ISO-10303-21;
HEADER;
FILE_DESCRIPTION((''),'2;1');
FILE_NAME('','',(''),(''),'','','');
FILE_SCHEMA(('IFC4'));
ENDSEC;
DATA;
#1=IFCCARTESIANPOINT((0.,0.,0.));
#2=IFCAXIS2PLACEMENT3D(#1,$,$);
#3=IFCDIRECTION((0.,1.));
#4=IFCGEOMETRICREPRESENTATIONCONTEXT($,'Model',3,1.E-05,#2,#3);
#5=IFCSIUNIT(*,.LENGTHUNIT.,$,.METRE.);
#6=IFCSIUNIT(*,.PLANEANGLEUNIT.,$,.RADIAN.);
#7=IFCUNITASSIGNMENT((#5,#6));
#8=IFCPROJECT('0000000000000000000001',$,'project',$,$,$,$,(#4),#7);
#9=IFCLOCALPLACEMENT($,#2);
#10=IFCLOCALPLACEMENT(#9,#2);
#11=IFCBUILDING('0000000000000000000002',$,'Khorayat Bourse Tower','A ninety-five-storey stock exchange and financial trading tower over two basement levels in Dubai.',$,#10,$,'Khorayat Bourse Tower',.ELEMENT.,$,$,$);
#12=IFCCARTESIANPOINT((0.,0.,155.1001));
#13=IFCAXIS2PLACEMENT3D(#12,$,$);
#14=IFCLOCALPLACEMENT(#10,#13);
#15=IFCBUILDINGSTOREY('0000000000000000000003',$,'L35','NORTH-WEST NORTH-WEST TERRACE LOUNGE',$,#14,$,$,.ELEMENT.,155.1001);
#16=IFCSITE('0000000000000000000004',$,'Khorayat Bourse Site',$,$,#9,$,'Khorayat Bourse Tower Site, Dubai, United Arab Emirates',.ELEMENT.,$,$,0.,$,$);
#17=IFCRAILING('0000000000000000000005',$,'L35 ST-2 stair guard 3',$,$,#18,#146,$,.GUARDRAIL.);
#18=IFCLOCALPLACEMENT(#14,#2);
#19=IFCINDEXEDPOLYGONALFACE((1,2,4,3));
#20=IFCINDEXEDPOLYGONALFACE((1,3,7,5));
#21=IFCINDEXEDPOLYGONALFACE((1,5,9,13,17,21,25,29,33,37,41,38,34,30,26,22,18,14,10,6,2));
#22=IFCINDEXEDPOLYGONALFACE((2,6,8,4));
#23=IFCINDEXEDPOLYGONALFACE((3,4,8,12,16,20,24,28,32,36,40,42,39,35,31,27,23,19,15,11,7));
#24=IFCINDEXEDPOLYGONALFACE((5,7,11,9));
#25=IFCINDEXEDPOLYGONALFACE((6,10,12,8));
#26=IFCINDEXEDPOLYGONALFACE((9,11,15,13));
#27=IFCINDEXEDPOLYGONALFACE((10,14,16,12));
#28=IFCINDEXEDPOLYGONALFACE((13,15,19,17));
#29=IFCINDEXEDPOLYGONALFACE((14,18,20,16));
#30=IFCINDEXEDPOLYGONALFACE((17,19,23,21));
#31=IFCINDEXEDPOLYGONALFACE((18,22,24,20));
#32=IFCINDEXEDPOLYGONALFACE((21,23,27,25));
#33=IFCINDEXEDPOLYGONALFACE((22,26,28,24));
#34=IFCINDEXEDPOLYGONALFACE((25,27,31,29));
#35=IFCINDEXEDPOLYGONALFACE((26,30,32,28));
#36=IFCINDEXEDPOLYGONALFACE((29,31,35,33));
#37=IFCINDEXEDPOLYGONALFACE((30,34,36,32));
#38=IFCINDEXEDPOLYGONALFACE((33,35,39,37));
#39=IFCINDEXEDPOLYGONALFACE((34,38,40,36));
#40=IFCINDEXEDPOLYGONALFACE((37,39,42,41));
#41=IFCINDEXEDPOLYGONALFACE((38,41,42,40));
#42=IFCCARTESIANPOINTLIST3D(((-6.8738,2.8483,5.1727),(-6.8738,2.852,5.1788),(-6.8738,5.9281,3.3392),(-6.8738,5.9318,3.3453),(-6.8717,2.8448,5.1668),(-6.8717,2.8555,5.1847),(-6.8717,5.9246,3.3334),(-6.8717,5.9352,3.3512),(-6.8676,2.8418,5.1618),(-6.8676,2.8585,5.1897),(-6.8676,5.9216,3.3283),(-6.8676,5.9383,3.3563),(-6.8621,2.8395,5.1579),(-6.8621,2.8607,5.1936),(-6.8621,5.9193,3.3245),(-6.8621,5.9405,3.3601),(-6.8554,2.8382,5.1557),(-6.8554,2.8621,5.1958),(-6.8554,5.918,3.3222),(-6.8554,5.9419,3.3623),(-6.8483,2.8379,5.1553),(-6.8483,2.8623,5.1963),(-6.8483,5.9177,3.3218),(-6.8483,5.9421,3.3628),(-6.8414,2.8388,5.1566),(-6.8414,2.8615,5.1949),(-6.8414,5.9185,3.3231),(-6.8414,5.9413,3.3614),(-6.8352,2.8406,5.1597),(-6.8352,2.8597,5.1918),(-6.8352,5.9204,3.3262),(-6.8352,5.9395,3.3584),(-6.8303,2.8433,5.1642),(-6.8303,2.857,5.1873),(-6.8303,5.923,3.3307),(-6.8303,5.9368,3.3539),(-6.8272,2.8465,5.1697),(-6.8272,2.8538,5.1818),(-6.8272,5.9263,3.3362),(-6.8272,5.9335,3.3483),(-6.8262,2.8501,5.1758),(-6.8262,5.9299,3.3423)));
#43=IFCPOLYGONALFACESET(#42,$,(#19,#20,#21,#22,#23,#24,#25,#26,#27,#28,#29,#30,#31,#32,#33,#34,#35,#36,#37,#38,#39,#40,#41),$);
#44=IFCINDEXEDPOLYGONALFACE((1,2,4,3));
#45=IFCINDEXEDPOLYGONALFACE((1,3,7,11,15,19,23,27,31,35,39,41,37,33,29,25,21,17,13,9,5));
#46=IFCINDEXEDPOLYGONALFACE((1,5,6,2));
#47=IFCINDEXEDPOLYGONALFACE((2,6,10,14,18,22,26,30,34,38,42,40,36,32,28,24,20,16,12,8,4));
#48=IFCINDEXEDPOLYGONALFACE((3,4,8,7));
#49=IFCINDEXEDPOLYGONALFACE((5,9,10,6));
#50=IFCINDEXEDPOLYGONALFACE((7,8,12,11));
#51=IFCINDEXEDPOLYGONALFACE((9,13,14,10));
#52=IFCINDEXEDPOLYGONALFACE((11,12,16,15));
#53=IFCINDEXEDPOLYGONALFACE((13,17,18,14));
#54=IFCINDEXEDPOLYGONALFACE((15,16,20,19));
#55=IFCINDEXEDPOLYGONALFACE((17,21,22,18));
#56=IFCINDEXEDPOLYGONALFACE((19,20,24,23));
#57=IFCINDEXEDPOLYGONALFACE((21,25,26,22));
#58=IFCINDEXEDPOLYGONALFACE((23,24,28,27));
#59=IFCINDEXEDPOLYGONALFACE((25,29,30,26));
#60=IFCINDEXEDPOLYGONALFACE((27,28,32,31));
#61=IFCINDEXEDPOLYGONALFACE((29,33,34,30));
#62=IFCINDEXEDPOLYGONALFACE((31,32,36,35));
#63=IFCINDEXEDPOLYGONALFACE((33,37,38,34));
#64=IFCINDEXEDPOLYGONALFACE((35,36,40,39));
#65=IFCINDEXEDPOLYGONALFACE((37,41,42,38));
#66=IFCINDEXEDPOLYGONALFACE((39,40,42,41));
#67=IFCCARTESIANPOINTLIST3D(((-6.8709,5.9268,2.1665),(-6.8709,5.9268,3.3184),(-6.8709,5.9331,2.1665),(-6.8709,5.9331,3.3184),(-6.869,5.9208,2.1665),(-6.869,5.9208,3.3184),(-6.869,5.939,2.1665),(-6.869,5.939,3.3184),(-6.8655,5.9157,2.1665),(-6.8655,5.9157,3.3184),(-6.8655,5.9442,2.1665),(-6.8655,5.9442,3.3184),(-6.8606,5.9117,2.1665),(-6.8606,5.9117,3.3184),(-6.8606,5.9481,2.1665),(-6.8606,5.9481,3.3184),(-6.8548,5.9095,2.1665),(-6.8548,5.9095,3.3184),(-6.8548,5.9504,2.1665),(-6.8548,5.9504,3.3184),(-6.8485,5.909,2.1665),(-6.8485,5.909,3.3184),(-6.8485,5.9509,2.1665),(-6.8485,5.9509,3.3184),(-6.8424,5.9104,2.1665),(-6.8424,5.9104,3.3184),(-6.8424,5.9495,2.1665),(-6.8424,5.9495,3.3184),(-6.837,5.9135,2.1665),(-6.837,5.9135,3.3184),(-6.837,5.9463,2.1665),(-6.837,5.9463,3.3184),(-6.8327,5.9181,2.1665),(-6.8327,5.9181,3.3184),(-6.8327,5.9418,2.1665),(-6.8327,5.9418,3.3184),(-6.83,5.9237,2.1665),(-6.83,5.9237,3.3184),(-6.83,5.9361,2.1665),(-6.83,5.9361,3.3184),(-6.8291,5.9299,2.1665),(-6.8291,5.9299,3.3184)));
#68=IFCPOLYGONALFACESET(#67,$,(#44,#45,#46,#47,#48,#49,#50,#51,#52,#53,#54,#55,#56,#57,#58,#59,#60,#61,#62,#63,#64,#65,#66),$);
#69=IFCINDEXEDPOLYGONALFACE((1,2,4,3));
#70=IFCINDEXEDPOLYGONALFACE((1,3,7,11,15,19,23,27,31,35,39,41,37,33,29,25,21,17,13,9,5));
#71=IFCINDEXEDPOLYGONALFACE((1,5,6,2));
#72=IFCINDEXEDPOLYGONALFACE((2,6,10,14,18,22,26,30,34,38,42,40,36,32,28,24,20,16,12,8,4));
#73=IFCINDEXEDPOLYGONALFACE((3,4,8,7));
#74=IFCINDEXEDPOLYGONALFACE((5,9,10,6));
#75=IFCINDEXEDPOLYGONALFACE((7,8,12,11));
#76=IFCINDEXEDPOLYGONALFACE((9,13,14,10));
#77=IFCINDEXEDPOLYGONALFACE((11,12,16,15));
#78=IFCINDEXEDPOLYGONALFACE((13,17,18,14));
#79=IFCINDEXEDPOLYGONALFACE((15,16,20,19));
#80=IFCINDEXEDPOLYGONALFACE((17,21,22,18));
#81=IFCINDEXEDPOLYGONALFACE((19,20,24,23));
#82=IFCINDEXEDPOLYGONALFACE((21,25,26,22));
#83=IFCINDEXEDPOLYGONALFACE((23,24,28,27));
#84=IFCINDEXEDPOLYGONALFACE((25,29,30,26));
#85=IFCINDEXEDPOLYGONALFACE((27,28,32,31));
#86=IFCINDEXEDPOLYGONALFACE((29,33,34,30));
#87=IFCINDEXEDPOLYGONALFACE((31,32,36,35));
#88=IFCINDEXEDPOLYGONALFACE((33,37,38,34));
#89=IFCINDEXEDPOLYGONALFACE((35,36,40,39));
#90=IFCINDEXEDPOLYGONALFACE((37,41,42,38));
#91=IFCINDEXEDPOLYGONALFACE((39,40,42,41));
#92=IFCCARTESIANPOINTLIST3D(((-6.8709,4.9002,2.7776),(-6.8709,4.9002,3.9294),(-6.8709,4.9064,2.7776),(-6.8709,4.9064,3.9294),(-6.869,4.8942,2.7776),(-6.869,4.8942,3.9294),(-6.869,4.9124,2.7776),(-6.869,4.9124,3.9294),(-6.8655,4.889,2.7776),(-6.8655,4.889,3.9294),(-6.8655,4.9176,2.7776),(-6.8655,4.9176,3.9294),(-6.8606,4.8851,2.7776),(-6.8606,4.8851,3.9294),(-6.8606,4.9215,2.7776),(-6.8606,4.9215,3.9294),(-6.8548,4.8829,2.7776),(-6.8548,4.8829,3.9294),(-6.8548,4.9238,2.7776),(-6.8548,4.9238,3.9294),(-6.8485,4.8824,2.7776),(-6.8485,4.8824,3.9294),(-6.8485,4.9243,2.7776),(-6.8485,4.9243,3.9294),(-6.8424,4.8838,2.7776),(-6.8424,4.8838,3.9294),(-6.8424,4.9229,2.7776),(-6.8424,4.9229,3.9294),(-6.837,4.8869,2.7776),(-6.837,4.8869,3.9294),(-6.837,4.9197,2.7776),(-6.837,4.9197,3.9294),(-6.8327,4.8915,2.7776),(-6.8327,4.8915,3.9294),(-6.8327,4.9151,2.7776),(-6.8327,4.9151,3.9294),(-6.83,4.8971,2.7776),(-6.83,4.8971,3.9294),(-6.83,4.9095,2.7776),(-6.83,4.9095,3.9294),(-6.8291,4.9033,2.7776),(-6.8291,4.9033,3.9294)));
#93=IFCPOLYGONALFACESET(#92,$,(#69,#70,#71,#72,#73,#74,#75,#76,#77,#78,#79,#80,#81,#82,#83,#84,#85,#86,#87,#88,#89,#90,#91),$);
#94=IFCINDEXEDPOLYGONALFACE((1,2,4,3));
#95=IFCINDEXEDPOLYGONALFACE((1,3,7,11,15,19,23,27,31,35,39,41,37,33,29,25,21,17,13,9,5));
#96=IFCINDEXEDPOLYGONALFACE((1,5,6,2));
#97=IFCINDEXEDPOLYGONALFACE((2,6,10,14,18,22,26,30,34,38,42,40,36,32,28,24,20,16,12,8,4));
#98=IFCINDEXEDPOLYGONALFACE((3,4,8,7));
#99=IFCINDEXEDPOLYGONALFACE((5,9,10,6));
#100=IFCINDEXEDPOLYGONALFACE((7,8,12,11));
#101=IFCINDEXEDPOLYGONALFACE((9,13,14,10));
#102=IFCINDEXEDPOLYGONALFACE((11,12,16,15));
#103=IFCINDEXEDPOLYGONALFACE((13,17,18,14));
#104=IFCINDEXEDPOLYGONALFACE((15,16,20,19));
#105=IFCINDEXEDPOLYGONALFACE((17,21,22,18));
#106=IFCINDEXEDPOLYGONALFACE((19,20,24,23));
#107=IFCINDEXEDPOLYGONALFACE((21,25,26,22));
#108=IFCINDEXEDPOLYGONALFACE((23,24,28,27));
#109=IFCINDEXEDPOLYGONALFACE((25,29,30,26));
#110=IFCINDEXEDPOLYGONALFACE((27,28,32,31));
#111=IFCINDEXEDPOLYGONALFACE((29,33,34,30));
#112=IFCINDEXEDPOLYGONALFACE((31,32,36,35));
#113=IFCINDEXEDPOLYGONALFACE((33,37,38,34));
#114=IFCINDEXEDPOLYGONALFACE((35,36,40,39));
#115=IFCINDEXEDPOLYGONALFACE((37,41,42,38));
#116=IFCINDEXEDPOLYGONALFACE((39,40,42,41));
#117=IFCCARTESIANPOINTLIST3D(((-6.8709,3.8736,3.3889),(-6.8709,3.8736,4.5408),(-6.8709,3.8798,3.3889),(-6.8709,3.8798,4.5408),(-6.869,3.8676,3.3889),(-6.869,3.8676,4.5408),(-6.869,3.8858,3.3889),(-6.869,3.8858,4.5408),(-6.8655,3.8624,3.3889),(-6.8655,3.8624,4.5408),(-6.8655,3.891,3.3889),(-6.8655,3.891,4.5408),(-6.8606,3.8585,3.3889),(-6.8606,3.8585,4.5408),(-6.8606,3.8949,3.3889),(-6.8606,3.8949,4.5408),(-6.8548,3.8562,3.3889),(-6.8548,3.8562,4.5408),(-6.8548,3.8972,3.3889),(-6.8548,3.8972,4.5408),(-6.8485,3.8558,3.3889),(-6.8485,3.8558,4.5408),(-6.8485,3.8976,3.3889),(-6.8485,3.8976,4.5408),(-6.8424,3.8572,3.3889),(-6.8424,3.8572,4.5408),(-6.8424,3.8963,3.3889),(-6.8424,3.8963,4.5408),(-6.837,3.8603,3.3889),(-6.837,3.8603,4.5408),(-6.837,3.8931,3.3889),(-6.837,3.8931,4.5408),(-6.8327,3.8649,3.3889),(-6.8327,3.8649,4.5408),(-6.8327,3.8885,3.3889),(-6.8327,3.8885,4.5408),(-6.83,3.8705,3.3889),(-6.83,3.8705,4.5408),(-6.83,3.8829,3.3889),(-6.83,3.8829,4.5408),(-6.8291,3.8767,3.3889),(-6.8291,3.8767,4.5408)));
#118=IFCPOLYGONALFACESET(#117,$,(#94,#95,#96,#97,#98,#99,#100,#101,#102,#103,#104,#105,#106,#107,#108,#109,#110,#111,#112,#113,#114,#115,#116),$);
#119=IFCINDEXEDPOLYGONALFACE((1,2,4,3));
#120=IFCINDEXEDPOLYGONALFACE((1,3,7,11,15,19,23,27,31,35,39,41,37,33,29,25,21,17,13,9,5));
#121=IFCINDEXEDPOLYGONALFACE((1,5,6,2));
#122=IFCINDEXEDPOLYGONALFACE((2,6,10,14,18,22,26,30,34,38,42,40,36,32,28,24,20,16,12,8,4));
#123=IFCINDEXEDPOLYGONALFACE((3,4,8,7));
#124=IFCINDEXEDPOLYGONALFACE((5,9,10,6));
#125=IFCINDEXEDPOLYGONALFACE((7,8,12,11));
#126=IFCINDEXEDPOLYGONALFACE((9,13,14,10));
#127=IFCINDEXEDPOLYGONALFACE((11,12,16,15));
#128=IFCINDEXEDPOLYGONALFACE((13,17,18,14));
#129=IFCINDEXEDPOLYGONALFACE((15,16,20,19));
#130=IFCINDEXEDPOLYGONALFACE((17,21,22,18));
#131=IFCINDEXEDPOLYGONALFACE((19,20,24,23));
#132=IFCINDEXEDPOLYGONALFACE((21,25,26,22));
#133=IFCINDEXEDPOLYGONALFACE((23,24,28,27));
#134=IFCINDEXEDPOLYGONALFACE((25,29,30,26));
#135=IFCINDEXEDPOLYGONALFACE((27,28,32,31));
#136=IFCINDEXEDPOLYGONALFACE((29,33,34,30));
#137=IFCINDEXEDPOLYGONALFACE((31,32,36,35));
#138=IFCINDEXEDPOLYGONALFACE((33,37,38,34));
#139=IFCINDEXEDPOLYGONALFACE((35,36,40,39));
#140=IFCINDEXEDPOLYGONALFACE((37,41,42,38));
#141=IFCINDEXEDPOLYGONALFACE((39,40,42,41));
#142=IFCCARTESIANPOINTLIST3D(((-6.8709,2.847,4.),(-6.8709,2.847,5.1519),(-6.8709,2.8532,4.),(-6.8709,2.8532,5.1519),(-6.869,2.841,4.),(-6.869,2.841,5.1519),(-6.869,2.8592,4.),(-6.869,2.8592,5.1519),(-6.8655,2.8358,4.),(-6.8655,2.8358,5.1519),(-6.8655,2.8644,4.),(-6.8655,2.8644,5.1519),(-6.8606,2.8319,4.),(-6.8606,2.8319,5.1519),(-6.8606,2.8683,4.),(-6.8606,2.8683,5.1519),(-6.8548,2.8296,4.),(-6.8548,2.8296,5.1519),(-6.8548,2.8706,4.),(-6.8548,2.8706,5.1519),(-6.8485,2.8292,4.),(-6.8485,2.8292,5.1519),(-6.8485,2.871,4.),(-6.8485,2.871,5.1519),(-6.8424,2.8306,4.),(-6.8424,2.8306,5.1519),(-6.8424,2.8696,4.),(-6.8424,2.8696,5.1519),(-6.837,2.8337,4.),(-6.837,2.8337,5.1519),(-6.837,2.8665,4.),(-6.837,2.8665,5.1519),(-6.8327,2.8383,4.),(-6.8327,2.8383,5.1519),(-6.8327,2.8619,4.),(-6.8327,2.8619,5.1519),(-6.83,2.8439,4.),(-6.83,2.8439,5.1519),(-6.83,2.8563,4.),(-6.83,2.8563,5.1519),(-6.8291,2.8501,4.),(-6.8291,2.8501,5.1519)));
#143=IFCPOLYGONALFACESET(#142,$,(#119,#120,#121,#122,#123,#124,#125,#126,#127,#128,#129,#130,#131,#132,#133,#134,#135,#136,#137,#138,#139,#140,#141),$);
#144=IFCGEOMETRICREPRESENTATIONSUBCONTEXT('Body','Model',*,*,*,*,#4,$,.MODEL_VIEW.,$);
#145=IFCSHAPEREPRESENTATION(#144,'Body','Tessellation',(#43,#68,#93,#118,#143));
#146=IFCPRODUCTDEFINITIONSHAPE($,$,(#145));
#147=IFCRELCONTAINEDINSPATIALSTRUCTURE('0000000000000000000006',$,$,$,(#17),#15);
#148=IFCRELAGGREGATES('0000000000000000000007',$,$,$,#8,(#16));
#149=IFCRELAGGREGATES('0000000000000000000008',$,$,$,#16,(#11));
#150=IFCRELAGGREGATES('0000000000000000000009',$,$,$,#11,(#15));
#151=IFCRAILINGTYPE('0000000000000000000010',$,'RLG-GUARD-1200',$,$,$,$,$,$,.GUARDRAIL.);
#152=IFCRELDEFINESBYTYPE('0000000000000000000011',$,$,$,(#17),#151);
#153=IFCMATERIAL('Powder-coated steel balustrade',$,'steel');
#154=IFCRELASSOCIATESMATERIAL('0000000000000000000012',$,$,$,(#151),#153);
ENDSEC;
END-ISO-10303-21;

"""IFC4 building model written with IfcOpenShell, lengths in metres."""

from ifc_helpers import new_model, si_unit, direction, frame, origin, origin_2d, place, context, subcontext, project, spatial, circle, extrude, source, transform, mapped, material, type_object, element, save


model = new_model("IFC4")

# Units and contexts
model_context = context("Model", 3, precision=1e-05, world=origin(), true_north=direction((0.0, 1.0)))
body_context = subcontext(model_context, "Body", "Model", "MODEL_VIEW")
ifc_project = project(units=[si_unit("LENGTHUNIT", "METRE"), si_unit("PLANEANGLEUNIT", "RADIAN")], contexts=[model_context])

# Site, building, storey
site_placement = place(None, origin())
site = spatial("IfcSite", under=ifc_project, at=site_placement, Name="Khorayat Bourse Site", LongName="Khorayat Bourse Tower Site, Dubai, United Arab Emirates", CompositionType="ELEMENT", RefElevation=0.0)
building_placement = place(site_placement, origin())
building = spatial("IfcBuilding", under=site, at=building_placement, Name="Khorayat Bourse Tower", Description="A ninety-five-storey stock exchange and financial trading tower over two basement levels in Dubai.", LongName="Khorayat Bourse Tower", CompositionType="ELEMENT")
storey_placement = place(building_placement, frame((0.0, 0.0, 155.1001)))
storey = spatial("IfcBuildingStorey", under=building, at=storey_placement, Name="L35", Description="NORTH-WEST NORTH-WEST TERRACE LOUNGE", CompositionType="ELEMENT", Elevation=155.1001)

# Railing
ifc_material_1 = material(Name="Powder-coated steel balustrade", Category="steel")
railing_type_1 = type_object("IfcRailingType", Name="RLG-GUARD-1200", PredefinedType="GUARDRAIL", material=ifc_material_1)
shared_shape_1 = source(origin(), body_context, "Body", "SweptSolid", [
    extrude(circle(Radius=0.0239, at=origin_2d()), frame((0.0, 0.0, 1.1758), z_axis=(0.0, -0.859261, 0.511538), x_axis=(1.0, 0.0, 0.0)), (0.0, 0.0, 1.0), 3.5842),
    extrude(circle(Radius=0.021, at=origin_2d()), origin(), (0.0, 0.0, 1.0), 1.1519),
    extrude(circle(Radius=0.021, at=origin_2d()), frame((0.0, -1.0266, 0.6111)), (0.0, 0.0, 1.0), 1.1519),
    extrude(circle(Radius=0.021, at=origin_2d()), frame((0.0, -2.0532, 1.2224)), (0.0, 0.0, 1.0), 1.1519),
    extrude(circle(Radius=0.021, at=origin_2d()), frame((0.0, -3.0798, 1.8335)), (0.0, 0.0, 1.0), 1.1519),
])
railing_1_placement = place(storey_placement, frame((-6.8501, 5.9299, 2.1665)))
element("IfcRailing", 1, at=railing_1_placement, inside=storey, type_object=railing_type_1, Name="L35 ST-2 stair guard 3", PredefinedType="GUARDRAIL", context=body_context, shape_type="MappedRepresentation", body=[
    mapped(shared_shape_1, transform((0.0, 0.0, 0.0), scale=1.0)),
])

save(model, "model.ifc")
